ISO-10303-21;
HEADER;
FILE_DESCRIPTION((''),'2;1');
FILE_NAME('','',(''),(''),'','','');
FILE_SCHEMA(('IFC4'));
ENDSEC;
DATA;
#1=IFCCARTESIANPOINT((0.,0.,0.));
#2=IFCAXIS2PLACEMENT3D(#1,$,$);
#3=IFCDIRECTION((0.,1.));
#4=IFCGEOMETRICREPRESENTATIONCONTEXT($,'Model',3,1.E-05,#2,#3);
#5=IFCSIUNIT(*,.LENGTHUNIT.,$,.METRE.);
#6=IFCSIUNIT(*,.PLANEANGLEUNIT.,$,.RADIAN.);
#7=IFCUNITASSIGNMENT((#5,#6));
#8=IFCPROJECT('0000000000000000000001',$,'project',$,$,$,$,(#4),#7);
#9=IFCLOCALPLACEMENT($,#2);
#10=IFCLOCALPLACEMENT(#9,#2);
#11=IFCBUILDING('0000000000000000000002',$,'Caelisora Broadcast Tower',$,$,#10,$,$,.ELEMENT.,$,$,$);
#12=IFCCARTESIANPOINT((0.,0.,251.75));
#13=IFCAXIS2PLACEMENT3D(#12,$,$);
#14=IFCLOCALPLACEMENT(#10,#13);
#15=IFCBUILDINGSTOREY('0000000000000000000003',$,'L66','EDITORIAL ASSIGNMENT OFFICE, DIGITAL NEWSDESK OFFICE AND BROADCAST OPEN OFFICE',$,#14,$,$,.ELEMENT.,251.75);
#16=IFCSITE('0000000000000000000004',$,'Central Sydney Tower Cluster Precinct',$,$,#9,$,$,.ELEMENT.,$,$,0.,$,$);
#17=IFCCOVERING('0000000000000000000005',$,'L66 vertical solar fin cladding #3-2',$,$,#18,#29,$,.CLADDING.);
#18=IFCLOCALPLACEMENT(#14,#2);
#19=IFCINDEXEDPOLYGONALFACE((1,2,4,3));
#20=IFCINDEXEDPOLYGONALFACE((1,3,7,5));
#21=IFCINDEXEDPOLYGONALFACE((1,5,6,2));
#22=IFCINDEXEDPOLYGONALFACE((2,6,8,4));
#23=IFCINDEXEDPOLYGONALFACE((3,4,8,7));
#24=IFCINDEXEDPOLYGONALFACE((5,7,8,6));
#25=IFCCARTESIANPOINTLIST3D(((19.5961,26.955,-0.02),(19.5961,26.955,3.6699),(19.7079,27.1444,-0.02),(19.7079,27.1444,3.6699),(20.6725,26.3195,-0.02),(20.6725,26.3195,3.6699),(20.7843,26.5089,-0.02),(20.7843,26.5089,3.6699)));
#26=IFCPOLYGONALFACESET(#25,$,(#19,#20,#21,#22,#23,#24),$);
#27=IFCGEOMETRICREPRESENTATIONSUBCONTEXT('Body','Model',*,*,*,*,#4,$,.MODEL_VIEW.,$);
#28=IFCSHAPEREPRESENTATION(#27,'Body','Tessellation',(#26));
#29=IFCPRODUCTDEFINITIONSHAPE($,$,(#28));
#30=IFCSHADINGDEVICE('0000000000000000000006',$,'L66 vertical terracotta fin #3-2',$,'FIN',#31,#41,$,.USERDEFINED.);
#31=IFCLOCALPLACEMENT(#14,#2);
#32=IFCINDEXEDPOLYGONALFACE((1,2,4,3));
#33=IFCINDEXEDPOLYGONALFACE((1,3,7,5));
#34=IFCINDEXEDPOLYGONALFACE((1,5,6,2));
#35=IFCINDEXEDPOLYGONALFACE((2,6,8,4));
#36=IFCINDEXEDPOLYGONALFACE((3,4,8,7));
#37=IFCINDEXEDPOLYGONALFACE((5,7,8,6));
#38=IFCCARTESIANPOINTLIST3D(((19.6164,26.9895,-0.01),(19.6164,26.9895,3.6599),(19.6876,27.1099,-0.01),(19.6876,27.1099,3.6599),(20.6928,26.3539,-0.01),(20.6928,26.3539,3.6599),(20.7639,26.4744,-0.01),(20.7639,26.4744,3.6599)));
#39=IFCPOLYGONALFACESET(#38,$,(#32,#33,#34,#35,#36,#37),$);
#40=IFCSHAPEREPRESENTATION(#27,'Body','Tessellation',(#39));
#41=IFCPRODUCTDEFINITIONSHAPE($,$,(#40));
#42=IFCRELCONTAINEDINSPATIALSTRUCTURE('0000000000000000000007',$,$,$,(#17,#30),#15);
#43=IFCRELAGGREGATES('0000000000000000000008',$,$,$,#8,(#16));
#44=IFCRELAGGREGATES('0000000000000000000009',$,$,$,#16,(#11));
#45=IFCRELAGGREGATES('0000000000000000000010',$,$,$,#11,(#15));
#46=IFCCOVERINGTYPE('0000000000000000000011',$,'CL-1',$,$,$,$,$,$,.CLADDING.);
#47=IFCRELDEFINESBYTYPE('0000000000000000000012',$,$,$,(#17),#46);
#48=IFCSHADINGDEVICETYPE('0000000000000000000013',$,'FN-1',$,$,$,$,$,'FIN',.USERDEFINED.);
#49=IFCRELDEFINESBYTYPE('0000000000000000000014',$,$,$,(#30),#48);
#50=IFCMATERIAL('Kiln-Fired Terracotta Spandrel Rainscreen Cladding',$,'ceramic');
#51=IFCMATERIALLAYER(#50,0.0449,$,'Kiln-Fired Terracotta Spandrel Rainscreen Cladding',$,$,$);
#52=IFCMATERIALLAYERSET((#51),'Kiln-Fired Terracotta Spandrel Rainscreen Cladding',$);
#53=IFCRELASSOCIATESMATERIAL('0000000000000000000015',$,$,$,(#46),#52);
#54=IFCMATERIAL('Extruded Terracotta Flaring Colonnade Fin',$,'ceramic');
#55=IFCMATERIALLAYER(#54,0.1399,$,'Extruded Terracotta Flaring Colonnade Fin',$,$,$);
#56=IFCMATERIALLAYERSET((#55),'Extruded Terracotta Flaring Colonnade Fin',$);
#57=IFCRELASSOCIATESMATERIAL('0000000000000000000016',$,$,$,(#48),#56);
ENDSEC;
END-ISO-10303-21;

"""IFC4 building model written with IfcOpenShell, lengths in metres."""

from ifc_helpers import new_model, si_unit, direction, frame, origin, origin_2d, place, context, subcontext, project, spatial, rectangle, extrude, source, transform, mapped, material, layer, layer_set, type_object, type_shapes, element, save


model = new_model("IFC4")

# Units and contexts
model_context = context("Model", 3, precision=1e-05, world=origin(), true_north=direction((0.0, 1.0)))
body_context = subcontext(model_context, "Body", "Model", "MODEL_VIEW")
ifc_project = project(units=[si_unit("LENGTHUNIT", "METRE"), si_unit("PLANEANGLEUNIT", "RADIAN")], contexts=[model_context])

# Site, building, storey
site_placement = place(None, origin())
site = spatial("IfcSite", under=ifc_project, at=site_placement, Name="Central Sydney Tower Cluster Precinct", CompositionType="ELEMENT", RefElevation=0.0)
building_placement = place(site_placement, origin())
building = spatial("IfcBuilding", under=site, at=building_placement, Name="Caelisora Broadcast Tower", CompositionType="ELEMENT")
storey_placement = place(building_placement, frame((0.0, 0.0, 251.75)))
storey = spatial("IfcBuildingStorey", under=building, at=storey_placement, Name="L66", Description="EDITORIAL ASSIGNMENT OFFICE, DIGITAL NEWSDESK OFFICE AND BROADCAST OPEN OFFICE", CompositionType="ELEMENT", Elevation=251.75)

# Covering
ifc_material_1 = material(Name="Kiln-Fired Terracotta Spandrel Rainscreen Cladding", Category="ceramic")
ifc_layer_1 = layer(ifc_material_1, 0.0449, Name="Kiln-Fired Terracotta Spandrel Rainscreen Cladding")
ifc_layer_set_1 = layer_set([ifc_layer_1], Name="Kiln-Fired Terracotta Spandrel Rainscreen Cladding")
covering_type = type_object("IfcCoveringType", Name="CL-1", PredefinedType="CLADDING", material=ifc_layer_set_1)
shared_shape_1 = source(origin(), body_context, "Body", "SweptSolid", [
    extrude(rectangle(XDim=0.22, YDim=1.25, at=origin_2d()), origin(), (0.0, 0.0, 1.0), 3.6899),
])
type_shapes(covering_type, [shared_shape_1])
covering_placement = place(storey_placement, frame((20.1902, 26.7319, -0.02), z_axis=(0.0, 0.0, 1.0), x_axis=(0.50844, 0.861097, 0.0)))
element("IfcCovering", 1, at=covering_placement, inside=storey, type_object=covering_type, Name="L66 vertical solar fin cladding #3-2", PredefinedType="CLADDING", context=body_context, shape_type="MappedRepresentation", body=[
    mapped(shared_shape_1, transform((0.0, 0.0, 0.0), scale=1.0)),
])

# Shading device
ifc_material_2 = material(Name="Extruded Terracotta Flaring Colonnade Fin", Category="ceramic")
ifc_layer_2 = layer(ifc_material_2, 0.1399, Name="Extruded Terracotta Flaring Colonnade Fin")
ifc_layer_set_2 = layer_set([ifc_layer_2], Name="Extruded Terracotta Flaring Colonnade Fin")
shading_device_type = type_object("IfcShadingDeviceType", Name="FN-1", ElementType="FIN", PredefinedType="USERDEFINED", material=ifc_layer_set_2)
shared_shape_2 = source(origin(), body_context, "Body", "SweptSolid", [
    extrude(rectangle(XDim=0.1399, YDim=1.25, at=origin_2d()), origin(), (0.0, 0.0, 1.0), 3.6699),
])
type_shapes(shading_device_type, [shared_shape_2])
shading_device_placement = place(storey_placement, frame((20.1902, 26.7319, -0.01), z_axis=(0.0, 0.0, 1.0), x_axis=(0.50844, 0.861097, 0.0)))
element("IfcShadingDevice", 2, at=shading_device_placement, inside=storey, type_object=shading_device_type, Name="L66 vertical terracotta fin #3-2", ObjectType="FIN", PredefinedType="USERDEFINED", context=body_context, shape_type="MappedRepresentation", body=[
    mapped(shared_shape_2, transform((0.0, 0.0, 0.0), scale=1.0)),
])

save(model, "model.ifc")
